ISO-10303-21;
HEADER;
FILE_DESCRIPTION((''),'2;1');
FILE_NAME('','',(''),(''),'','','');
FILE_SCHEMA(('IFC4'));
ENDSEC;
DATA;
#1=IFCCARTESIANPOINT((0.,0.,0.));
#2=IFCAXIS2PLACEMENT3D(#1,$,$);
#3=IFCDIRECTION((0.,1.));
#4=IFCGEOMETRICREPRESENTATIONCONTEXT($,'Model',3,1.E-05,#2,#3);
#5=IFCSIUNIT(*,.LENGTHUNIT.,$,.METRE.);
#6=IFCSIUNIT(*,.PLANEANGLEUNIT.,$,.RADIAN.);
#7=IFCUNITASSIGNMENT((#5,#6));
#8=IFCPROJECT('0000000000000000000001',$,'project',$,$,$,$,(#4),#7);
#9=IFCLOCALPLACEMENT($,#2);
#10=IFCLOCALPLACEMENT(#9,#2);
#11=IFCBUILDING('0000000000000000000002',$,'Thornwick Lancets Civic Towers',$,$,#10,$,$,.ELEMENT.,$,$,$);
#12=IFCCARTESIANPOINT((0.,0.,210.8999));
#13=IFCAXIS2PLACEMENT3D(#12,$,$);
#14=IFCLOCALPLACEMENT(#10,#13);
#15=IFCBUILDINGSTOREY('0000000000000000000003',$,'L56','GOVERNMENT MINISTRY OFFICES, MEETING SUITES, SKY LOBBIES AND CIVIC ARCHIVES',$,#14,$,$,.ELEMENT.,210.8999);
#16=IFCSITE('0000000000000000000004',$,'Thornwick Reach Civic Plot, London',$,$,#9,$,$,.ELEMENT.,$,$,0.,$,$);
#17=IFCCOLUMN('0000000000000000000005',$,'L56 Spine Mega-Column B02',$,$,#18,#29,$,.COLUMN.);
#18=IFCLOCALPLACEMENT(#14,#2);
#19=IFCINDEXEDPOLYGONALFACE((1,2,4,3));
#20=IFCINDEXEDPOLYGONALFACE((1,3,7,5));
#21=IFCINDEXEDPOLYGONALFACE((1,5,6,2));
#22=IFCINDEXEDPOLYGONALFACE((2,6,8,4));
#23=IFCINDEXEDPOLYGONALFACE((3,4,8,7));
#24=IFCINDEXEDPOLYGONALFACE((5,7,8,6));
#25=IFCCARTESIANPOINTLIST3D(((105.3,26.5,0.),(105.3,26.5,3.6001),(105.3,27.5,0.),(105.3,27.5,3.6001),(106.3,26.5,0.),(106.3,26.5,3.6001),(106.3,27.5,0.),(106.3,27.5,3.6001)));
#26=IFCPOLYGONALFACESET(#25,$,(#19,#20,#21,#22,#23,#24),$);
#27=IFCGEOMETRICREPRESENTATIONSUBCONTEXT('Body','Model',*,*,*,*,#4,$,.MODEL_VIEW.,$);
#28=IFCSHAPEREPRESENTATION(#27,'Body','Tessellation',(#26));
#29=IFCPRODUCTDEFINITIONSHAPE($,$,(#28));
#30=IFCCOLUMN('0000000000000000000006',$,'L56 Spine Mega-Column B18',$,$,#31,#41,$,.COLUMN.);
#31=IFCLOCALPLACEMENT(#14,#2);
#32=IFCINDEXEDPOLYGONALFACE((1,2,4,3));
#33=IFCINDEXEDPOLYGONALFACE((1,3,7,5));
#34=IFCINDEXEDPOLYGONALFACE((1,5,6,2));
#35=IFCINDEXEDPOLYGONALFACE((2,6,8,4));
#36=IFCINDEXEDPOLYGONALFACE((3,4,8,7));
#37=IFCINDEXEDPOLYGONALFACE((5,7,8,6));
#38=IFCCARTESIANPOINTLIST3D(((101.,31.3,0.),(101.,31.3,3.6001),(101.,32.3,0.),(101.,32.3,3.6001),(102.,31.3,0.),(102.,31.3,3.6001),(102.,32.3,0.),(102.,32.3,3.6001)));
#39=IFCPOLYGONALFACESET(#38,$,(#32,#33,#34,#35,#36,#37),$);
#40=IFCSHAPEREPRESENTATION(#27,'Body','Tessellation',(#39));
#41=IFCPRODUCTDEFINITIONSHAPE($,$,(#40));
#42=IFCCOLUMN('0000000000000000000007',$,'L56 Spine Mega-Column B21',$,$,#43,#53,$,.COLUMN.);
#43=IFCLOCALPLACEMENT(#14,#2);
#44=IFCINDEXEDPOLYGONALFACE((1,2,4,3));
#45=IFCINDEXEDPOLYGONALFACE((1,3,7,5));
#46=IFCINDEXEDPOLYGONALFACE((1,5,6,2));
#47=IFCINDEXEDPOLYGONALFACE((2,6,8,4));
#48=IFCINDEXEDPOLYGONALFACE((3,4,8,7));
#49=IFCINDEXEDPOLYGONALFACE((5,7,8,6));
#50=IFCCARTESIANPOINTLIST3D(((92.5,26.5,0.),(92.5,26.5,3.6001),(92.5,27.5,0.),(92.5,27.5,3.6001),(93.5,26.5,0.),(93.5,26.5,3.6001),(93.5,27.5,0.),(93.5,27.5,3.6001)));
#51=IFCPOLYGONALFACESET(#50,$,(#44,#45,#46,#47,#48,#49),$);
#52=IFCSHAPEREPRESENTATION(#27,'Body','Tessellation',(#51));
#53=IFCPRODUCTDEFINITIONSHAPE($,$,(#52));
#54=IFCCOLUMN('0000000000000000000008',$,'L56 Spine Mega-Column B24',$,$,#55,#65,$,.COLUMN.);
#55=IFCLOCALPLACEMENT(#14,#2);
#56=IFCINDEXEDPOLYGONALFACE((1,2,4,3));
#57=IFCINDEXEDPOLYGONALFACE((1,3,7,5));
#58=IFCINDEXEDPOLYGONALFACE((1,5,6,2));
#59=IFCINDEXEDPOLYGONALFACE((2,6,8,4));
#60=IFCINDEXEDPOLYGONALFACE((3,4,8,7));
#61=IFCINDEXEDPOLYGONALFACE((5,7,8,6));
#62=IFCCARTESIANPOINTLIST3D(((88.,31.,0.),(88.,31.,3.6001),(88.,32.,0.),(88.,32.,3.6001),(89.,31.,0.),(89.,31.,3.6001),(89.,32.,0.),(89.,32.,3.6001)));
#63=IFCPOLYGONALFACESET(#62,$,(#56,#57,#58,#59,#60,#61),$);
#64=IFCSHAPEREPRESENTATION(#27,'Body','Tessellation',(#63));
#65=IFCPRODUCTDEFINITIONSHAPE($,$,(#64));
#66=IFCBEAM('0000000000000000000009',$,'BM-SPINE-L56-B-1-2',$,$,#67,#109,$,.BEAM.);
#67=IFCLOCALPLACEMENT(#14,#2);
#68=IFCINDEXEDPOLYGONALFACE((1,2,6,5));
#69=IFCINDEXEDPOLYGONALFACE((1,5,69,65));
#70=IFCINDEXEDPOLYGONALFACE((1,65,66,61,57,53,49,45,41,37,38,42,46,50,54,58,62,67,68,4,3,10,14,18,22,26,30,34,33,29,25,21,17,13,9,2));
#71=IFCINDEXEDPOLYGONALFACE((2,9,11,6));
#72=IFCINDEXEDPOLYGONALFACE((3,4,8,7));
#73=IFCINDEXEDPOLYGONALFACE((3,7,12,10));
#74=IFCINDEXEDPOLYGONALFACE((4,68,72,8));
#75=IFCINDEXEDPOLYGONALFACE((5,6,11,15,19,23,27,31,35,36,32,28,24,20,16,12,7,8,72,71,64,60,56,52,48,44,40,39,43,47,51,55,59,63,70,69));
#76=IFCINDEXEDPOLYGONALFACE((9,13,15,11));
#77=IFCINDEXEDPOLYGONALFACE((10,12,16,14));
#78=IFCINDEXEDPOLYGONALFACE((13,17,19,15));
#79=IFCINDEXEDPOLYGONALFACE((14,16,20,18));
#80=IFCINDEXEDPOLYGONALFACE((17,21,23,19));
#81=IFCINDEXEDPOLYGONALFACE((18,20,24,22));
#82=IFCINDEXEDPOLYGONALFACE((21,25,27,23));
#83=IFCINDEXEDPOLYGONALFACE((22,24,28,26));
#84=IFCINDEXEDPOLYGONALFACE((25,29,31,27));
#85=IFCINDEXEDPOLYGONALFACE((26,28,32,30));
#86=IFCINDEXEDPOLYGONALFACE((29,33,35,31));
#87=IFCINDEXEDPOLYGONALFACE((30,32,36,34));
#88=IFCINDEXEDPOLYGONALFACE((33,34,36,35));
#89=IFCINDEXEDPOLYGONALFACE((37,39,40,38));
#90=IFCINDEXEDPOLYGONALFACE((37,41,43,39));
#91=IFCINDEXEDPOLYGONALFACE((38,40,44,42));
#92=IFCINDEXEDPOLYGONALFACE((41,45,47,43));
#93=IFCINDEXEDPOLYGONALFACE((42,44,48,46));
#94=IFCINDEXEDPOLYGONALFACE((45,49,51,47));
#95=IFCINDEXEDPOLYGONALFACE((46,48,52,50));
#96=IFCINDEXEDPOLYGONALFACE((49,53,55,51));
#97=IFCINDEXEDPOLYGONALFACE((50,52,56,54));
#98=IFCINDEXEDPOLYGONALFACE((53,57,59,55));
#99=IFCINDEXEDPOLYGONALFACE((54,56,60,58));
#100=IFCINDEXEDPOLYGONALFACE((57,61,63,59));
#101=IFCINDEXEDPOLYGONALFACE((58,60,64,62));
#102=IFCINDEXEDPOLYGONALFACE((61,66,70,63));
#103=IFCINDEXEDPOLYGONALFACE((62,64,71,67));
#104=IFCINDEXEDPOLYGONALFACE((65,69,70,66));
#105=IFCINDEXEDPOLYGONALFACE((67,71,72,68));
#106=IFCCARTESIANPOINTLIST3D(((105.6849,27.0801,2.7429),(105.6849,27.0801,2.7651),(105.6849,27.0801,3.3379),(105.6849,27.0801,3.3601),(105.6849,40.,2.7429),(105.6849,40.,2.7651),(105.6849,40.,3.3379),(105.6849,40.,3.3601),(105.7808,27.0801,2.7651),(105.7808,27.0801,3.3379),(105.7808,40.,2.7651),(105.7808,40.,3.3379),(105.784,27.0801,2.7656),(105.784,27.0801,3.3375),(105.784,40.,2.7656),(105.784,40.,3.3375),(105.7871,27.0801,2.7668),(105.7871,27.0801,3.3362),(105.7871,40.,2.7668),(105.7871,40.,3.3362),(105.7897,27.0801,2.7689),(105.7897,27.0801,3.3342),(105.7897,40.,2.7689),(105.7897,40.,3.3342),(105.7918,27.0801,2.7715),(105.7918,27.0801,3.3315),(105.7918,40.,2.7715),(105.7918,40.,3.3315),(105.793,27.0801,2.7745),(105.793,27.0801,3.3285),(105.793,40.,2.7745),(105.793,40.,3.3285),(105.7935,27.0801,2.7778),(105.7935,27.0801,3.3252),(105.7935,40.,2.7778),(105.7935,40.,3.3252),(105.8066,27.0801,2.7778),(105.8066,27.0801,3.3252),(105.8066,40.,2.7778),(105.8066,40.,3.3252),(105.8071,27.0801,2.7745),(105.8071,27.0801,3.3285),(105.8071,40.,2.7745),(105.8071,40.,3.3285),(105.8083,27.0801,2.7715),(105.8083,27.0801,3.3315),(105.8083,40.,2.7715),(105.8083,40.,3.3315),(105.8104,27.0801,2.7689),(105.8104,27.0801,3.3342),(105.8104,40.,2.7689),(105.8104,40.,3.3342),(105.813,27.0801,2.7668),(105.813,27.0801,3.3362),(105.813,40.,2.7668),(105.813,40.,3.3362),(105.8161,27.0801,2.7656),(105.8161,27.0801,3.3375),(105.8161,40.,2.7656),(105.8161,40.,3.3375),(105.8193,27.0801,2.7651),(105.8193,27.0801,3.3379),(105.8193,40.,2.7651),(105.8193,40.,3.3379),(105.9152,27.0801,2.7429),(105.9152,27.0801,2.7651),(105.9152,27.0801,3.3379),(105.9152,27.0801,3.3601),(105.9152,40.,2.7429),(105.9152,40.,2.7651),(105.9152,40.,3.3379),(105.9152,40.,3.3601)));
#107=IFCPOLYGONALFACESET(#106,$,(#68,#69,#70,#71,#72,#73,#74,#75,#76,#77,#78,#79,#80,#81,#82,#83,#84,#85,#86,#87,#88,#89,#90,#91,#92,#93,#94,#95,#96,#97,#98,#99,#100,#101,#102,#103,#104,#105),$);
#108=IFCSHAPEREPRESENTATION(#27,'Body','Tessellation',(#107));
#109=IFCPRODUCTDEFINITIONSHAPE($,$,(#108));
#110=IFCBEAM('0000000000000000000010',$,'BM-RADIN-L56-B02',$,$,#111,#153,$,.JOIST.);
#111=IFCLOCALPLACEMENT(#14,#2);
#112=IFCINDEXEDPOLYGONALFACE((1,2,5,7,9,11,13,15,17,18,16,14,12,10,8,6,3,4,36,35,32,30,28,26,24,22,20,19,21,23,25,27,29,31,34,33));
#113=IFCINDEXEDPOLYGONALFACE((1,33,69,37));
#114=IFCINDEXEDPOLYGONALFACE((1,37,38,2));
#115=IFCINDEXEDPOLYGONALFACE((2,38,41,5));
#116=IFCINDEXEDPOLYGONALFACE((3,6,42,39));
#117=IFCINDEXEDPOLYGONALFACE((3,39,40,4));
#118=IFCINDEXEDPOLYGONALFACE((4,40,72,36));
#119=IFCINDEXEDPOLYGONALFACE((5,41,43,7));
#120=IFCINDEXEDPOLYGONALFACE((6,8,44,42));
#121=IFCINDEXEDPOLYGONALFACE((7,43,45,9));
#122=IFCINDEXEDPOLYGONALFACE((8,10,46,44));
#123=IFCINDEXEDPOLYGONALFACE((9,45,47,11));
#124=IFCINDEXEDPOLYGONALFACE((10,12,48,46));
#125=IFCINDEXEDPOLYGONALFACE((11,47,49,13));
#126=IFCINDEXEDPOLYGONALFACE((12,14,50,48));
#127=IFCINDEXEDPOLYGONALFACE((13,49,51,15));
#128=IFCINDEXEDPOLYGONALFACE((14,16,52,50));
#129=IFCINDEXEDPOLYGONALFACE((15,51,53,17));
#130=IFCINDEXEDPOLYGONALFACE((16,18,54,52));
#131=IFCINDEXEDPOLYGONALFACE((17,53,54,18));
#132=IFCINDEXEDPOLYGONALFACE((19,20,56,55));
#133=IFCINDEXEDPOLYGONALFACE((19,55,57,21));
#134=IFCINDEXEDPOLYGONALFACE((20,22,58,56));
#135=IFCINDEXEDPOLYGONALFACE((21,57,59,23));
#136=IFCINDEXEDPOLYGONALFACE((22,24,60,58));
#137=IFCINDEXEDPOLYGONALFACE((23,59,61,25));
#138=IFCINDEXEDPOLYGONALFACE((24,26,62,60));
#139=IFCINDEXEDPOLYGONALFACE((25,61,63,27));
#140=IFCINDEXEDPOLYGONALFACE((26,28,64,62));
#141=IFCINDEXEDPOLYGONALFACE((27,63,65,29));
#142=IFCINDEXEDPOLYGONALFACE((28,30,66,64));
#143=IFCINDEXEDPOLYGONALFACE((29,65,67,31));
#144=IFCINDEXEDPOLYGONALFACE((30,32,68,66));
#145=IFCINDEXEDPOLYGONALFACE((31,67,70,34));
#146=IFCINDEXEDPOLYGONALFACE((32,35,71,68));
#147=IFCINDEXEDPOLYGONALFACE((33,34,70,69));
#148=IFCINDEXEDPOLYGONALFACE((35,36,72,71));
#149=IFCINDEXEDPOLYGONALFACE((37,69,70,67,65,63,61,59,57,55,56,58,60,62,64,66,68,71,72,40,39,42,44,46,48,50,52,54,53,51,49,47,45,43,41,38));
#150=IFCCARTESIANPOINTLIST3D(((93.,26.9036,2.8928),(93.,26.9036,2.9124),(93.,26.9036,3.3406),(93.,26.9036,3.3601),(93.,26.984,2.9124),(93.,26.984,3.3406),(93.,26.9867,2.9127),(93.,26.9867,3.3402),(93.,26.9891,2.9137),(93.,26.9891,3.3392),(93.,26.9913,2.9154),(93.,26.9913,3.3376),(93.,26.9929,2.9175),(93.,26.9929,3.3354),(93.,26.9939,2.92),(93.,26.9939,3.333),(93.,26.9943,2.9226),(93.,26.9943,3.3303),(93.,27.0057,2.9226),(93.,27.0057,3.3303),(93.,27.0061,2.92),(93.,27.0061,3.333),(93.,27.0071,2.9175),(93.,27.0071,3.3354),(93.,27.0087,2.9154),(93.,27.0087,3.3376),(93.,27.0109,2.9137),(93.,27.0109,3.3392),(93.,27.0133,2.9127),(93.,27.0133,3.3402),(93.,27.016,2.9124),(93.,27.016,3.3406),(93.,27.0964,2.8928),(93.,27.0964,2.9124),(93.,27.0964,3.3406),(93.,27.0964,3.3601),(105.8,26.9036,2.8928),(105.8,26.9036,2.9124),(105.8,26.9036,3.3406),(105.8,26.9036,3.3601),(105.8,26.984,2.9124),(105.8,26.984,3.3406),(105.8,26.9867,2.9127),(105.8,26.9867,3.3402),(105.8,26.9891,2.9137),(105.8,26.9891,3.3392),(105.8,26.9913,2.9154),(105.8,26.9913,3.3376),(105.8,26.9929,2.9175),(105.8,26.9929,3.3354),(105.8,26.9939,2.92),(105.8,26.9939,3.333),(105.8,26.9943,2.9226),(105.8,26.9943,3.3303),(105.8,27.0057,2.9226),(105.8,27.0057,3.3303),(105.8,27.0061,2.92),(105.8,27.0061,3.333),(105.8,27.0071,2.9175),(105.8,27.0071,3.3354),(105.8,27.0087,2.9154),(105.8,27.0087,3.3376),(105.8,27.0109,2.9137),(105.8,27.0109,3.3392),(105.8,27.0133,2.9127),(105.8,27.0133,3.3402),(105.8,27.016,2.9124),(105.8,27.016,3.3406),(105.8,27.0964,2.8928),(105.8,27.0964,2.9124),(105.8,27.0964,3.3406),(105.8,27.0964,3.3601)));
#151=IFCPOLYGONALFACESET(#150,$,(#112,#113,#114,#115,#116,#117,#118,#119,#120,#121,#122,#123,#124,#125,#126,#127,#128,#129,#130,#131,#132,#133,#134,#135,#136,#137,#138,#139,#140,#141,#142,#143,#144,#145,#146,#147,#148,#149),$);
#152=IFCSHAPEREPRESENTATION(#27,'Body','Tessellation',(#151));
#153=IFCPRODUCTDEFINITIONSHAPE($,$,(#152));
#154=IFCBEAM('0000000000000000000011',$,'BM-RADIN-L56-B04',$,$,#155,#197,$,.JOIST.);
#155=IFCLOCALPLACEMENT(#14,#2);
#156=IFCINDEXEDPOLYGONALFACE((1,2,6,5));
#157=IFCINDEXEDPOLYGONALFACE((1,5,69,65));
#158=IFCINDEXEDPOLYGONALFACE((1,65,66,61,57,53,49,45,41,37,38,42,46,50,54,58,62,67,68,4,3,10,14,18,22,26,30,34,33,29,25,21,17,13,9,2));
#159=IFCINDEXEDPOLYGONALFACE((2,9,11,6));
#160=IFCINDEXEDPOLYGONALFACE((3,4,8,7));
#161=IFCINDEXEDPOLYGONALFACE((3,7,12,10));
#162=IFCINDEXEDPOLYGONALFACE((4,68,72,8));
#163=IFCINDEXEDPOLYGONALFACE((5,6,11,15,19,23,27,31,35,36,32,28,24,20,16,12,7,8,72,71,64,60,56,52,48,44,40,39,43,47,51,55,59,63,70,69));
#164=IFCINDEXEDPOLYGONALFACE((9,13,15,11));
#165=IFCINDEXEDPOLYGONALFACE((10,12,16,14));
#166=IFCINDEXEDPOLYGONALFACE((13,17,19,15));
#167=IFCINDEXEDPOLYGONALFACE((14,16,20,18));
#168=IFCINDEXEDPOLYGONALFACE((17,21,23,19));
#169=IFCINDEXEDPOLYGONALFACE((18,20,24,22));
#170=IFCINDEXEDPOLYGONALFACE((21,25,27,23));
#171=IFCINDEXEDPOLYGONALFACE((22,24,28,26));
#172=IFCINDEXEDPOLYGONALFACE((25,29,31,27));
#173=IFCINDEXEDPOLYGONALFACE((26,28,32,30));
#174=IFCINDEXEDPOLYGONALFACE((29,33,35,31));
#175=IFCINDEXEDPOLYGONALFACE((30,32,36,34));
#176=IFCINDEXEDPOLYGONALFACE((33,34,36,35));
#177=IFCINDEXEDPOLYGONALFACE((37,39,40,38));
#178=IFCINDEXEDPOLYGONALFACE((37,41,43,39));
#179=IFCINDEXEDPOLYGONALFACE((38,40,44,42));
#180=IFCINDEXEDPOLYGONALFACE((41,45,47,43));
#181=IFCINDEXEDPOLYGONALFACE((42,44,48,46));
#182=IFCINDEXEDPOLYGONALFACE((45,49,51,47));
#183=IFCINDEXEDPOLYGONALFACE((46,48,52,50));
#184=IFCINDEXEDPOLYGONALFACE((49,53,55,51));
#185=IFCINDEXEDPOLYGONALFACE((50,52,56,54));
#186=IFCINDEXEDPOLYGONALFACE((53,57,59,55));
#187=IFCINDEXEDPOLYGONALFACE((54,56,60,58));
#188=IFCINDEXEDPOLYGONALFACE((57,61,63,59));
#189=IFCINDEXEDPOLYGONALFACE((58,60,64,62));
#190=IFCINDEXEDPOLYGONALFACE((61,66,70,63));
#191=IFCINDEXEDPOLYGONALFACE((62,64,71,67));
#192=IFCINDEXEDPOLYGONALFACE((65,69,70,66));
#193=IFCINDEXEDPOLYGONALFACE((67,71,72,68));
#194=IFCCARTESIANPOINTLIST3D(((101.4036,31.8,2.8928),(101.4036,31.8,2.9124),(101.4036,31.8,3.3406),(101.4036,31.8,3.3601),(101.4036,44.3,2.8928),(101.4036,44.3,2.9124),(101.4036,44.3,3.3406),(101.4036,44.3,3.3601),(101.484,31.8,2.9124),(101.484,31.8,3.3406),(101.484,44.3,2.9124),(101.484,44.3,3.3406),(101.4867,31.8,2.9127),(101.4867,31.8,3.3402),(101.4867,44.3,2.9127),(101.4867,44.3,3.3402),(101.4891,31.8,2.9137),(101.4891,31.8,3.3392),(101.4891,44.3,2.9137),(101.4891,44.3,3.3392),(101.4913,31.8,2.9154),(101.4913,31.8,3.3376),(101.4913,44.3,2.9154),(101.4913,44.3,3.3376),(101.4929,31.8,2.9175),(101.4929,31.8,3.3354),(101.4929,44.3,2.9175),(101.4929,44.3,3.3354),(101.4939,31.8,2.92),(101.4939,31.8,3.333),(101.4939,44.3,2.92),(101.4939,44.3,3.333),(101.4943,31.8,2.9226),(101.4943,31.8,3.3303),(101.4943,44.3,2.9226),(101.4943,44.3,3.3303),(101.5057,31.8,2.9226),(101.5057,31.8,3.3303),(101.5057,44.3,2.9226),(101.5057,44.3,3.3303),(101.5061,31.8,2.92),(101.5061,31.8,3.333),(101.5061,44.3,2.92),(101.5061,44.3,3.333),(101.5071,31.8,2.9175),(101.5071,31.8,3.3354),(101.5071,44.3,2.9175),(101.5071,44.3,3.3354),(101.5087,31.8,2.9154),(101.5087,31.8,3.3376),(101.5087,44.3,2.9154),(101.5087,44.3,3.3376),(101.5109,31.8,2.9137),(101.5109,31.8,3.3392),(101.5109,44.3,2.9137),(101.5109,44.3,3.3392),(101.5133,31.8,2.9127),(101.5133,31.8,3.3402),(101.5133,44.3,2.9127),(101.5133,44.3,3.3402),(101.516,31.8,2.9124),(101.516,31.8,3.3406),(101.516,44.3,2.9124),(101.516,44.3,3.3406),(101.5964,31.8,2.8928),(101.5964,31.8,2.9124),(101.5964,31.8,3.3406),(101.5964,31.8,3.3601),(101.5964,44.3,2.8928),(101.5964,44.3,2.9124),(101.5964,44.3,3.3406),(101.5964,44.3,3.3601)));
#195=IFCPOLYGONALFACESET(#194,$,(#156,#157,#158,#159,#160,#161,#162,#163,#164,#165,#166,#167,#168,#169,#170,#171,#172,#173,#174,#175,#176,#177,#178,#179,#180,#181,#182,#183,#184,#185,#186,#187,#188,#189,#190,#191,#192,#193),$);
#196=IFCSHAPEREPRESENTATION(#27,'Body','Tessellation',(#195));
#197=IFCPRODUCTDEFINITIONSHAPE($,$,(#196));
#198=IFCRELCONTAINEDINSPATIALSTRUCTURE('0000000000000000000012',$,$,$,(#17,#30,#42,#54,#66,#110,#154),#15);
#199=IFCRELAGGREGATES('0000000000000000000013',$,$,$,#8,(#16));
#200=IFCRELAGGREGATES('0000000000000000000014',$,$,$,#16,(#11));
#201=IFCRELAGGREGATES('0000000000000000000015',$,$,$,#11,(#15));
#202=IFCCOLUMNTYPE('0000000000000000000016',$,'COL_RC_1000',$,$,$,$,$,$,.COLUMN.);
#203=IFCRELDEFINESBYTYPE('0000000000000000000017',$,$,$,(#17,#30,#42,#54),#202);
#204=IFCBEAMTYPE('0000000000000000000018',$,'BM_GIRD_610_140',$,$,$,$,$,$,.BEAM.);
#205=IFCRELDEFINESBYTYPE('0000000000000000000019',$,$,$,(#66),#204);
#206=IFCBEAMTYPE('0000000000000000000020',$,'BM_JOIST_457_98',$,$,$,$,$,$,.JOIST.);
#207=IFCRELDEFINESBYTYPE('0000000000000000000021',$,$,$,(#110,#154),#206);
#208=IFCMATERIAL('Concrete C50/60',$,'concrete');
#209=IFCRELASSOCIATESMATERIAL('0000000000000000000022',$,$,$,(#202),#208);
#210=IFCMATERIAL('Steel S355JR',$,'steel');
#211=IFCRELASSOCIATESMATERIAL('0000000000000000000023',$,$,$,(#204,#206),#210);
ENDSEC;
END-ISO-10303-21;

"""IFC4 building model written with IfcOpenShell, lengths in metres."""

from ifc_helpers import new_model, si_unit, direction, frame, origin, origin_2d, place, context, subcontext, project, spatial, rectangle, i_section, extrude, material, material_profile, profile_set, type_object, element, save


model = new_model("IFC4")

# Units and contexts
model_context = context("Model", 3, precision=1e-05, world=origin(), true_north=direction((0.0, 1.0)))
body_context = subcontext(model_context, "Body", "Model", "MODEL_VIEW")
ifc_project = project(units=[si_unit("LENGTHUNIT", "METRE"), si_unit("PLANEANGLEUNIT", "RADIAN")], contexts=[model_context])

# Site, building, storey
site_placement = place(None, origin())
site = spatial("IfcSite", under=ifc_project, at=site_placement, Name="Thornwick Reach Civic Plot, London", CompositionType="ELEMENT", RefElevation=0.0)
building_placement = place(site_placement, origin())
building = spatial("IfcBuilding", under=site, at=building_placement, Name="Thornwick Lancets Civic Towers", CompositionType="ELEMENT")
storey_placement = place(building_placement, frame((0.0, 0.0, 210.8999)))
storey = spatial("IfcBuildingStorey", under=building, at=storey_placement, Name="L56", Description="GOVERNMENT MINISTRY OFFICES, MEETING SUITES, SKY LOBBIES AND CIVIC ARCHIVES", CompositionType="ELEMENT", Elevation=210.8999)

# Columns
ifc_material_1 = material(Name="Concrete C50/60", Category="concrete")
ifc_material_profile_1 = material_profile(ifc_material_1, rectangle(XDim=1.0, YDim=1.0, at=origin_2d()), Name="RC 1000x1000")
ifc_profile_set_1 = profile_set([ifc_material_profile_1], Name="Concrete C50/60")
column_type = type_object("IfcColumnType", Name="COL_RC_1000", PredefinedType="COLUMN", material=ifc_profile_set_1)
for number, where, z_axis, x_axis, name in (
    (1, (105.8, 27.0, 0.0), (0.0, 0.0, 1.0), (1.0, 0.0, 0.0), "L56 Spine Mega-Column B02"),
    (2, (101.5, 31.8, 0.0), (0.0, 0.0, 1.0), (1.0, 0.0, 0.0), "L56 Spine Mega-Column B18"),
    (3, (93.0, 27.0, 0.0), (0.0, 0.0, 1.0), (1.0, 0.0, 0.0), "L56 Spine Mega-Column B21"),
    (4, (88.5, 31.5, 0.0), (0.0, 0.0, 1.0), (1.0, 0.0, 0.0), "L56 Spine Mega-Column B24"),
):
    element("IfcColumn", number, at=place(storey_placement, frame(where, z_axis=z_axis, x_axis=x_axis)), inside=storey, type_object=column_type, Name=name, PredefinedType="COLUMN", context=body_context, shape_type="SweptSolid", body=[
        extrude(rectangle(XDim=1.0, YDim=1.0, at=origin_2d()), origin(), (0.0, 0.0, 1.0), 3.6001),
    ])

# Beams
ifc_material_2 = material(Name="Steel S355JR", Category="steel")
ifc_material_profile_2 = material_profile(ifc_material_2, i_section(OverallWidth=0.2302, OverallDepth=0.6172, WebThickness=0.0132, FlangeThickness=0.0222, FilletRadius=0.0127, at=origin_2d()), Name="UKB 610x229x140")
ifc_profile_set_2 = profile_set([ifc_material_profile_2], Name="Steel S355JR")
beam_type_1 = type_object("IfcBeamType", Name="BM_GIRD_610_140", PredefinedType="BEAM", material=ifc_profile_set_2)
beam_1_placement = place(storey_placement, frame((105.8, 27.0801, 3.0515), z_axis=(0.0, 1.0, 0.0), x_axis=(-1.0, 0.0, 0.0)))
element("IfcBeam", 5, at=beam_1_placement, inside=storey, type_object=beam_type_1, Name="BM-SPINE-L56-B-1-2", PredefinedType="BEAM", context=body_context, shape_type="SweptSolid", body=[
    extrude(i_section(OverallWidth=0.2302, OverallDepth=0.6172, WebThickness=0.0132, FlangeThickness=0.0222, FilletRadius=0.0127, at=origin_2d()), origin(), (0.0, 0.0, 1.0), 12.9199),
])
ifc_material_profile_3 = material_profile(ifc_material_2, i_section(OverallWidth=0.1929, OverallDepth=0.4673, WebThickness=0.0115, FlangeThickness=0.0195, FilletRadius=0.0103, at=origin_2d()), Name="UKB 457x191x98")
ifc_profile_set_3 = profile_set([ifc_material_profile_3], Name="Steel S355JR")
beam_type_2 = type_object("IfcBeamType", Name="BM_JOIST_457_98", PredefinedType="JOIST", material=ifc_profile_set_3)
beam_2_placement = place(storey_placement, frame((93.0, 27.0, 3.1265), z_axis=(1.0, 0.0, 0.0), x_axis=(0.0, 1.0, 0.0)))
element("IfcBeam", 6, at=beam_2_placement, inside=storey, type_object=beam_type_2, Name="BM-RADIN-L56-B02", PredefinedType="JOIST", context=body_context, shape_type="SweptSolid", body=[
    extrude(i_section(OverallWidth=0.1929, OverallDepth=0.4673, WebThickness=0.0115, FlangeThickness=0.0195, FilletRadius=0.0103, at=origin_2d()), origin(), (0.0, 0.0, 1.0), 12.8),
])
beam_3_placement = place(storey_placement, frame((101.5, 31.8, 3.1265), z_axis=(0.0, 1.0, 0.0), x_axis=(-1.0, 0.0, 0.0)))
element("IfcBeam", 7, at=beam_3_placement, inside=storey, type_object=beam_type_2, Name="BM-RADIN-L56-B04", PredefinedType="JOIST", context=body_context, shape_type="SweptSolid", body=[
    extrude(i_section(OverallWidth=0.1929, OverallDepth=0.4673, WebThickness=0.0115, FlangeThickness=0.0195, FilletRadius=0.0103, at=origin_2d()), origin(), (0.0, 0.0, 1.0), 12.5),
])

save(model, "model.ifc")
